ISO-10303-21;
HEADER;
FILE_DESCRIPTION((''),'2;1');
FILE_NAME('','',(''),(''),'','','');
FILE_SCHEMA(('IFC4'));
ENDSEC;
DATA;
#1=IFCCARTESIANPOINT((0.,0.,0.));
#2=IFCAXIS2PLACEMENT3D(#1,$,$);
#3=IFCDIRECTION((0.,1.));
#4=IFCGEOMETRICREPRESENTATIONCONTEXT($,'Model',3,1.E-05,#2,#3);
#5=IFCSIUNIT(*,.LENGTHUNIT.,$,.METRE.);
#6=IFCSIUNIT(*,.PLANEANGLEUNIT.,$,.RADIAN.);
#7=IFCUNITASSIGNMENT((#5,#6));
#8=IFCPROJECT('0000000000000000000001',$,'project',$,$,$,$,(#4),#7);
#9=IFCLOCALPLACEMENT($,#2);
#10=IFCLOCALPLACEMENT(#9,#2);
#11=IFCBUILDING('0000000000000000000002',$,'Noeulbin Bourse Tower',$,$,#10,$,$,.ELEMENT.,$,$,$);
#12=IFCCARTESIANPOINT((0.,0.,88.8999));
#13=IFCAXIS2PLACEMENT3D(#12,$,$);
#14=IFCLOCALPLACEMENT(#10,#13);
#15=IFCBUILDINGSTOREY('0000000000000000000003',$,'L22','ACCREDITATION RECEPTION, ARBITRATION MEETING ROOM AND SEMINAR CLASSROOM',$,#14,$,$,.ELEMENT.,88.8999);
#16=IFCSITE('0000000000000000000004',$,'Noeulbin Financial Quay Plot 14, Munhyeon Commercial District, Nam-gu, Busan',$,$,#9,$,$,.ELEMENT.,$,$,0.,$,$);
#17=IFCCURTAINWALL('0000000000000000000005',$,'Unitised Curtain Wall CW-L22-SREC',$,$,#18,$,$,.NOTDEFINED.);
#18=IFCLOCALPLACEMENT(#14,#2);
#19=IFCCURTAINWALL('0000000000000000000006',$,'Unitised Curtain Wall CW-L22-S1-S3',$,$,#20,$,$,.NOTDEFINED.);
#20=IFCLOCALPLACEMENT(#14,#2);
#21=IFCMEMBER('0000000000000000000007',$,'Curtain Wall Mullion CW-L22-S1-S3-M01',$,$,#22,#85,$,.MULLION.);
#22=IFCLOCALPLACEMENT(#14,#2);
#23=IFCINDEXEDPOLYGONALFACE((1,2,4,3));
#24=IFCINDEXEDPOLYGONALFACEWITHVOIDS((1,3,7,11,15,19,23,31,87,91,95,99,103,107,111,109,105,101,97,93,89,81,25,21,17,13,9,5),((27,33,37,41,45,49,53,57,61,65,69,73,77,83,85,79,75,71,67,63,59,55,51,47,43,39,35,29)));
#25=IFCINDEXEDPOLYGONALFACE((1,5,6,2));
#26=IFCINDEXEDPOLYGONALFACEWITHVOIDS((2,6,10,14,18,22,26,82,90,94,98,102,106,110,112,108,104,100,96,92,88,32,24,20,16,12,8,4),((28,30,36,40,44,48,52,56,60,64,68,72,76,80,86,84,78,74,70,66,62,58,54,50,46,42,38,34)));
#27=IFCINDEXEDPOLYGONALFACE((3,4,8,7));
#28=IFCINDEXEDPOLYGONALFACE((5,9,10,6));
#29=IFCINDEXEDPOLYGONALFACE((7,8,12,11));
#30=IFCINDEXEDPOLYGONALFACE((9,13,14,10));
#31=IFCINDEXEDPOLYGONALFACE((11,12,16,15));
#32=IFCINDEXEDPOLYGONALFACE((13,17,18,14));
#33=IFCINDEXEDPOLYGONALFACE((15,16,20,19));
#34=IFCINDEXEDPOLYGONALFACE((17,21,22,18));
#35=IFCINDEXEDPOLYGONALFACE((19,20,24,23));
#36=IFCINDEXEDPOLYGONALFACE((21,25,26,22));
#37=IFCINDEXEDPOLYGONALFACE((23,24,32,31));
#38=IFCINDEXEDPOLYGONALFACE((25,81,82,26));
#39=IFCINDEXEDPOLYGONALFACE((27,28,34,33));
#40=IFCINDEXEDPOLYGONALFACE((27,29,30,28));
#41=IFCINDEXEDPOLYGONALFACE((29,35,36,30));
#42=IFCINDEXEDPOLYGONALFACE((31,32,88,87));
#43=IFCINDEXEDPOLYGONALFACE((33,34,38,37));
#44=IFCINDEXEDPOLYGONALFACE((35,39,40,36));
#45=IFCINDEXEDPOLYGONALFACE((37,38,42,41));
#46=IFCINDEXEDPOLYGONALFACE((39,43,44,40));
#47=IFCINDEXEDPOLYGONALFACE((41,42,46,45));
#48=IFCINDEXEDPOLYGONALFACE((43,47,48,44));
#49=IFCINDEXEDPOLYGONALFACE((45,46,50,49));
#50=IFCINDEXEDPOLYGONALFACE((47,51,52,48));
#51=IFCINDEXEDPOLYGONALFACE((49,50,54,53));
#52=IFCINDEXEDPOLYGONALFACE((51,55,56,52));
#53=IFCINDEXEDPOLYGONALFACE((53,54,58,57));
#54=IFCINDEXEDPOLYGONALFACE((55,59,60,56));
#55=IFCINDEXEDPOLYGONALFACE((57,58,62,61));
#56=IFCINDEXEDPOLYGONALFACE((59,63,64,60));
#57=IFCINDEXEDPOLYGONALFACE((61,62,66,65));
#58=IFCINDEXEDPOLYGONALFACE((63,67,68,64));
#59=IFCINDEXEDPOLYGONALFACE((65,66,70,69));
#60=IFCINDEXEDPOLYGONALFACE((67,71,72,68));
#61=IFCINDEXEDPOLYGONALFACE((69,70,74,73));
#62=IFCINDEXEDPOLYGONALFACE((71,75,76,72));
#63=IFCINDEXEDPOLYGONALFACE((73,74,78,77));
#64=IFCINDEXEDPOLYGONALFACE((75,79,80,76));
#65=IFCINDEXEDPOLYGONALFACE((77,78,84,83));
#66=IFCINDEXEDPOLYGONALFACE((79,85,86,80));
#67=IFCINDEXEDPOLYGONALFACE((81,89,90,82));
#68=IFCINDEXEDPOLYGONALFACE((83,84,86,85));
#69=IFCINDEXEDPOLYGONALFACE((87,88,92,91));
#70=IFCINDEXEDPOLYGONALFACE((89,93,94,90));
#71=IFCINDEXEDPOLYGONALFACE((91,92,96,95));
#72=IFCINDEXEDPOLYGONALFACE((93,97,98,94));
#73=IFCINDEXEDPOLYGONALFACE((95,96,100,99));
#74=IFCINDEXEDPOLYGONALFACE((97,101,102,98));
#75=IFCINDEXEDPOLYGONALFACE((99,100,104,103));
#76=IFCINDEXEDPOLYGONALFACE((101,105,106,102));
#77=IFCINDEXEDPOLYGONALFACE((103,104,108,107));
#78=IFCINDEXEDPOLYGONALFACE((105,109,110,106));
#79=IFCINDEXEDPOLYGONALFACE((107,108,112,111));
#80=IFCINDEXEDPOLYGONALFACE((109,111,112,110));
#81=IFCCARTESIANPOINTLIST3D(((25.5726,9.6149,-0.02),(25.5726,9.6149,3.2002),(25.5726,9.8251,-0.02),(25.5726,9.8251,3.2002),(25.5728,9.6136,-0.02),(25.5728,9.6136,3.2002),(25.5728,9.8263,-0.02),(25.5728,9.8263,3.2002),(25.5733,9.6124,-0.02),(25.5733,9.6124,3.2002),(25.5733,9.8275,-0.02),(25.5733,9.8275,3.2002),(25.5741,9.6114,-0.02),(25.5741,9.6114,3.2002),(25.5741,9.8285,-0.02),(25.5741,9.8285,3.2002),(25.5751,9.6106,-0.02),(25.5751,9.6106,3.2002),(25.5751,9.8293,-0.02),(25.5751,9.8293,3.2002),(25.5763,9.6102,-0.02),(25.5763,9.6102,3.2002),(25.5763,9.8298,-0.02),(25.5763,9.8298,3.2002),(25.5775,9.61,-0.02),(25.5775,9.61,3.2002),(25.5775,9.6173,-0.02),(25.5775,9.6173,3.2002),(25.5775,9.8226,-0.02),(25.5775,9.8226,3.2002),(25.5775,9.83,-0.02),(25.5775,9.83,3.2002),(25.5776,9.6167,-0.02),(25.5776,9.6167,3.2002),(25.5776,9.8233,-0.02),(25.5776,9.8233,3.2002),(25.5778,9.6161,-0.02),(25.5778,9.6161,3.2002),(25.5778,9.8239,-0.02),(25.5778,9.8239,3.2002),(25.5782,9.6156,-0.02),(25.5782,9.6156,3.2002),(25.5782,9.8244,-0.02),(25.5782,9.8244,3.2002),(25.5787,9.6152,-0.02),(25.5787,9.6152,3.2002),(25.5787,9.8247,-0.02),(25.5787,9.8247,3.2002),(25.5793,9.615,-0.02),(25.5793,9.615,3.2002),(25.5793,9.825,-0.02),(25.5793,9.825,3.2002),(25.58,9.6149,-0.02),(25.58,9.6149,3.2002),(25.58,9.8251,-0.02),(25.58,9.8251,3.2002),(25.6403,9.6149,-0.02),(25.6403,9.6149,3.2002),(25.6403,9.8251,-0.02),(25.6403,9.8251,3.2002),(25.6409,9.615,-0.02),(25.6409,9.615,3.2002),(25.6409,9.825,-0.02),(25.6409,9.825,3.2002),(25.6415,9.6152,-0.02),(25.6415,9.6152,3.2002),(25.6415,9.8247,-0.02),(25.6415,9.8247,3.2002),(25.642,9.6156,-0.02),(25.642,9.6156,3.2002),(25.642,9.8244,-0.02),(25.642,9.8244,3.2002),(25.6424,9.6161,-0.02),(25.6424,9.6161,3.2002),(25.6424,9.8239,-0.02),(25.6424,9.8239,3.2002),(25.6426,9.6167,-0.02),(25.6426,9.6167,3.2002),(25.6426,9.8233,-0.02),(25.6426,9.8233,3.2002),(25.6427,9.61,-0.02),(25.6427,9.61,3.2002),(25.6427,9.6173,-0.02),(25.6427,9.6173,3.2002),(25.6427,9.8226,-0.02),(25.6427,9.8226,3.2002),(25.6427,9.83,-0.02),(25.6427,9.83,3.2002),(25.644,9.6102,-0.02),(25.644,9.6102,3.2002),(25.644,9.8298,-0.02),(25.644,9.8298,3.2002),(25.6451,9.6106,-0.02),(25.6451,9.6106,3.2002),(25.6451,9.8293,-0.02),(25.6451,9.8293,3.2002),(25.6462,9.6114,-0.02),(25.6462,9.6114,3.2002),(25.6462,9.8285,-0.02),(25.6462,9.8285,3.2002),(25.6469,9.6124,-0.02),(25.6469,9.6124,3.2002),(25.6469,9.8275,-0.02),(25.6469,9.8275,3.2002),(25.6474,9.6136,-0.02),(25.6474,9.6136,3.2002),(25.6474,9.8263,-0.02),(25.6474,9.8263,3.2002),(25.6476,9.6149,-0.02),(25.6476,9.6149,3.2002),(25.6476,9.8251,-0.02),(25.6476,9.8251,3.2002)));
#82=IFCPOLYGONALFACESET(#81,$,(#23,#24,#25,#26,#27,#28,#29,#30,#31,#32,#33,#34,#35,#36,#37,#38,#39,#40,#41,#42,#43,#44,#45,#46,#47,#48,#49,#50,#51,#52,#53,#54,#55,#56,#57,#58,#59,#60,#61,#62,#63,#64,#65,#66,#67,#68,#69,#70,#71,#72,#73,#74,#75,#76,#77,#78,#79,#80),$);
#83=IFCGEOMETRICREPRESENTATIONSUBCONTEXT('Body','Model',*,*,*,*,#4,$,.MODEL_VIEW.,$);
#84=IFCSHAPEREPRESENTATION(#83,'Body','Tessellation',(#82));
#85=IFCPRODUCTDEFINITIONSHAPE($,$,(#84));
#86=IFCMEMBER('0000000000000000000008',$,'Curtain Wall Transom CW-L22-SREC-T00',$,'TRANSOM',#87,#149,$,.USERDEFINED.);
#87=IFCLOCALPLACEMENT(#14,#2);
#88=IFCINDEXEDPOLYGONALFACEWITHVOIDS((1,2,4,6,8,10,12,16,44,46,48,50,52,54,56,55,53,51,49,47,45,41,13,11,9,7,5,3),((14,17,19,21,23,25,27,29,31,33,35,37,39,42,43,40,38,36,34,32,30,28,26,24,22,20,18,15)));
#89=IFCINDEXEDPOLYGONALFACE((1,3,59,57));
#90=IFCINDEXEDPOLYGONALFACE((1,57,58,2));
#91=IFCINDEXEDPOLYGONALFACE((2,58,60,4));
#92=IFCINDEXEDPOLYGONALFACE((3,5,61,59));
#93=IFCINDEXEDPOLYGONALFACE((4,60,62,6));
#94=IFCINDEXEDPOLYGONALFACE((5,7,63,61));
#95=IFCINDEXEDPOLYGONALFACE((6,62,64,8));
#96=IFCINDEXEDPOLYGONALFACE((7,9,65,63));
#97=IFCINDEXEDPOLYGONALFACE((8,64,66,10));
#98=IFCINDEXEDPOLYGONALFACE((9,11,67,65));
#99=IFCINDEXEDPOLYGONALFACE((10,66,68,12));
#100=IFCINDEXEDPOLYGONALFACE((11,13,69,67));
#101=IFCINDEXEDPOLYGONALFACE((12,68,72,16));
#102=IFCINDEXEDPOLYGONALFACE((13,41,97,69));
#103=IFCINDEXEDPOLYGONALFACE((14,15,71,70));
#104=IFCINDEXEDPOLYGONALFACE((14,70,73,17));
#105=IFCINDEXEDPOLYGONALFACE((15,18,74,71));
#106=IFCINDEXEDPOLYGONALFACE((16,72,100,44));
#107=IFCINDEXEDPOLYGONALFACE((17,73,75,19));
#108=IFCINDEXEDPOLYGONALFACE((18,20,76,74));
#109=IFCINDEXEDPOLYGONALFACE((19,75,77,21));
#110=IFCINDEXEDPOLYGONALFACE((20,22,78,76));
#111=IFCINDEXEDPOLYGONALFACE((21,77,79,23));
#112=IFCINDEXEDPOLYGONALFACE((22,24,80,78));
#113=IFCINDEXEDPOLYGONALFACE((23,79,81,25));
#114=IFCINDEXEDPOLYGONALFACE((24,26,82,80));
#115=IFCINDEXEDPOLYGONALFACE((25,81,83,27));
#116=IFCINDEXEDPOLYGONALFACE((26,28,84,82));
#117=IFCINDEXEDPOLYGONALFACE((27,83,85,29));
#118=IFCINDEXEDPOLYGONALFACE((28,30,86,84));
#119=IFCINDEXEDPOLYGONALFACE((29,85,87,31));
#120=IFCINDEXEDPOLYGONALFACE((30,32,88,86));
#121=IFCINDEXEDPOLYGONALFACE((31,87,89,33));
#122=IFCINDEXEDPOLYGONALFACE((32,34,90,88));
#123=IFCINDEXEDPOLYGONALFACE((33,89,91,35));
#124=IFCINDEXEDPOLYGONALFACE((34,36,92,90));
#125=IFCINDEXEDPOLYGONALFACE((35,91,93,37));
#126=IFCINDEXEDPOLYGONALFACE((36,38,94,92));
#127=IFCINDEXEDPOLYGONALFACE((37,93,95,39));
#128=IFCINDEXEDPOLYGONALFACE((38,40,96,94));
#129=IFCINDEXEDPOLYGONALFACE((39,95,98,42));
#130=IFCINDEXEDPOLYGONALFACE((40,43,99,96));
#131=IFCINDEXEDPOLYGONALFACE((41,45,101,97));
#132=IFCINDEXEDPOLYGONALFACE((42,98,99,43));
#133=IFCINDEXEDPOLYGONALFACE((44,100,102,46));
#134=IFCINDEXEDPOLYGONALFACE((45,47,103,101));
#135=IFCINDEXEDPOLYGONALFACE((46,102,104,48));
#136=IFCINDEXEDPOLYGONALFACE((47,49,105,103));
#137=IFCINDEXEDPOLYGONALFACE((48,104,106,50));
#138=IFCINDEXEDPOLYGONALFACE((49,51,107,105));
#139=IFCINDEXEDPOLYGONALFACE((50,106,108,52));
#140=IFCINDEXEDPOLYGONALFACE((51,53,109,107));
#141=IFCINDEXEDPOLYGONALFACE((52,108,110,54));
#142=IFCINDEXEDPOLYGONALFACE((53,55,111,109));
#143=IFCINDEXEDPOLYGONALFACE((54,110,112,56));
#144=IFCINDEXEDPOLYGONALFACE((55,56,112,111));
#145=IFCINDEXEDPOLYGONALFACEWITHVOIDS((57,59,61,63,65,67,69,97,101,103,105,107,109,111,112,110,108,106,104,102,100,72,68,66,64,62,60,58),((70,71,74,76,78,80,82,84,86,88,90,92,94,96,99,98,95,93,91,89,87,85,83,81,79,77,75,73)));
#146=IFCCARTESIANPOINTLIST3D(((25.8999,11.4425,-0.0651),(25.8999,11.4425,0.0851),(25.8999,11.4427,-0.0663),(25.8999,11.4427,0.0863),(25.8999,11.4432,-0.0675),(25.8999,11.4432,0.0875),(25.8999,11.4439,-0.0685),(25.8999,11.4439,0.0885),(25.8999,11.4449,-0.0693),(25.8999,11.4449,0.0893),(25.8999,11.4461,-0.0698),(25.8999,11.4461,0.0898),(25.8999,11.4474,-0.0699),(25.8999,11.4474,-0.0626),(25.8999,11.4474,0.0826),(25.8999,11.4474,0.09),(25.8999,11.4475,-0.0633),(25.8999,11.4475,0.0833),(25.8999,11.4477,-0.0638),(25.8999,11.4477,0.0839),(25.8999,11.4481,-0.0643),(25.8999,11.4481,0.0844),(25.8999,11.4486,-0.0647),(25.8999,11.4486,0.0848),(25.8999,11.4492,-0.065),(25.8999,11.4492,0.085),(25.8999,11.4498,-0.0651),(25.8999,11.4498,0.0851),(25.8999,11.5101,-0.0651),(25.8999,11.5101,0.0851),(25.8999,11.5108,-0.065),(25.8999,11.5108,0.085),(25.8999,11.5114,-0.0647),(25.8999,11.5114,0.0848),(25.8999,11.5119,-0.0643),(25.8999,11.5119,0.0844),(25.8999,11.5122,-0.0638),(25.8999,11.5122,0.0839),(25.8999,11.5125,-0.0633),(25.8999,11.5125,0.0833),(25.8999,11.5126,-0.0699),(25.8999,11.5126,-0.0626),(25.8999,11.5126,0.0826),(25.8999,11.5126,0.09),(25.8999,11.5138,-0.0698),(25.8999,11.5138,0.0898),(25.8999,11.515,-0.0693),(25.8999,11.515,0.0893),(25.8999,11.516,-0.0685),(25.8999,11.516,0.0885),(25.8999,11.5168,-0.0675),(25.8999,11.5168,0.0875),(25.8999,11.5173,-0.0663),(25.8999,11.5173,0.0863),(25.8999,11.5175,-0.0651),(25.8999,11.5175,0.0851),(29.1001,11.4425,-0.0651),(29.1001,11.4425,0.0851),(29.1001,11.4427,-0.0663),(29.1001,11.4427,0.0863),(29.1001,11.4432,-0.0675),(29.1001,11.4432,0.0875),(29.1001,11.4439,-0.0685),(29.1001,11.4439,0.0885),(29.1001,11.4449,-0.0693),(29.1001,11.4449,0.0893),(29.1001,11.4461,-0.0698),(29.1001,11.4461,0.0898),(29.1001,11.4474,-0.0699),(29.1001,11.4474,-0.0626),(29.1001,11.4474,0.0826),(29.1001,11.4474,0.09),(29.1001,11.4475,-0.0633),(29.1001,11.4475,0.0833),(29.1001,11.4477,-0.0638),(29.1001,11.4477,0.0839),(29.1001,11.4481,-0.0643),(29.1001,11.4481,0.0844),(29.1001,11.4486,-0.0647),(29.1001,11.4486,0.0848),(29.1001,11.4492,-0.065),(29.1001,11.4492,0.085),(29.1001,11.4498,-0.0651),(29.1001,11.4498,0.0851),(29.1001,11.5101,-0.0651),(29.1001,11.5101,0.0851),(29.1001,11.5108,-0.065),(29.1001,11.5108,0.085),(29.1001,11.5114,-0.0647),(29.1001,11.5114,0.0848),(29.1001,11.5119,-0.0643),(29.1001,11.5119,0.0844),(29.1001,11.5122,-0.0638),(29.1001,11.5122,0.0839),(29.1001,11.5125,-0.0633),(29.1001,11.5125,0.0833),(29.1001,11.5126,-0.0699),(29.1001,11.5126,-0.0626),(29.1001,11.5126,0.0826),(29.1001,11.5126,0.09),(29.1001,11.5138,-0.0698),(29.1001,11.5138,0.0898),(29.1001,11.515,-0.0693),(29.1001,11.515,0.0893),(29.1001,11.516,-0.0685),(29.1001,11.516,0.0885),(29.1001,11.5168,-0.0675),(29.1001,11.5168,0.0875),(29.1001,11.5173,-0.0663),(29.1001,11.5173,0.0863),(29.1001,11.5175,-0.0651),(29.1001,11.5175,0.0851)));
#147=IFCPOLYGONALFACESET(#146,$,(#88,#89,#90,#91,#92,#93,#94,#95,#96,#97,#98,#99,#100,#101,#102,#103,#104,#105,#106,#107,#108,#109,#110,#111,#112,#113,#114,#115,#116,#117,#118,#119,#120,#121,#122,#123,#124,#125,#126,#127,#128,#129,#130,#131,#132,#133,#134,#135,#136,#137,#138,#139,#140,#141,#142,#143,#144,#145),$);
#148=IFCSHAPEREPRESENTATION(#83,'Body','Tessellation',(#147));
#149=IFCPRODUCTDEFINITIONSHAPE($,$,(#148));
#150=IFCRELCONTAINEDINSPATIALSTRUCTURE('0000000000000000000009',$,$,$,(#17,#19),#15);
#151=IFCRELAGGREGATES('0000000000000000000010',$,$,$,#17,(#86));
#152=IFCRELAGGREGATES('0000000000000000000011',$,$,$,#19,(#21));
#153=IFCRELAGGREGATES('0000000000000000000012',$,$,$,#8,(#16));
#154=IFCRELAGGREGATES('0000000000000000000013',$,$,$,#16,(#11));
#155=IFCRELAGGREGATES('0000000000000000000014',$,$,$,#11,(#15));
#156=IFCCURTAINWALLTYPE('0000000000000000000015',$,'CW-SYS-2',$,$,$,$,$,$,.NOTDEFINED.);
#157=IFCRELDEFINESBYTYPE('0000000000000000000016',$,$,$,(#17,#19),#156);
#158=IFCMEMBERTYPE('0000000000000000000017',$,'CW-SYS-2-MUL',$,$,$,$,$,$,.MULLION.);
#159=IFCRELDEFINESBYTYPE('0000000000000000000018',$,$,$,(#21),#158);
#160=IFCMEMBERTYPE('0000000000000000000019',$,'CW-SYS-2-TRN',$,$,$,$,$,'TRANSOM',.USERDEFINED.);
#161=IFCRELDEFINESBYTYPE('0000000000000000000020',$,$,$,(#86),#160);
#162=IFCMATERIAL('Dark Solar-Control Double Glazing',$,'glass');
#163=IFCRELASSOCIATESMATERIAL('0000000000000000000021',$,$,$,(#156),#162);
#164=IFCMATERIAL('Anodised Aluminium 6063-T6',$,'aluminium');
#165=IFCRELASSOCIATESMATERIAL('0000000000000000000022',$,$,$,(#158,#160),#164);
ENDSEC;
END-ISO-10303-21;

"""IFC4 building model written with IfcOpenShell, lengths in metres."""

from ifc_helpers import new_model, si_unit, direction, frame, origin, origin_2d, place, context, subcontext, project, spatial, hollow_rectangle, extrude, material, material_profile, profile_set, type_object, element, aggregate, save


model = new_model("IFC4")

# Units and contexts
model_context = context("Model", 3, precision=1e-05, world=origin(), true_north=direction((0.0, 1.0)))
body_context = subcontext(model_context, "Body", "Model", "MODEL_VIEW")
ifc_project = project(units=[si_unit("LENGTHUNIT", "METRE"), si_unit("PLANEANGLEUNIT", "RADIAN")], contexts=[model_context])

# Site, building, storey
site_placement = place(None, origin())
site = spatial("IfcSite", under=ifc_project, at=site_placement, Name="Noeulbin Financial Quay Plot 14, Munhyeon Commercial District, Nam-gu, Busan", CompositionType="ELEMENT", RefElevation=0.0)
building_placement = place(site_placement, origin())
building = spatial("IfcBuilding", under=site, at=building_placement, Name="Noeulbin Bourse Tower", CompositionType="ELEMENT")
storey_placement = place(building_placement, frame((0.0, 0.0, 88.8999)))
storey = spatial("IfcBuildingStorey", under=building, at=storey_placement, Name="L22", Description="ACCREDITATION RECEPTION, ARBITRATION MEETING ROOM AND SEMINAR CLASSROOM", CompositionType="ELEMENT", Elevation=88.8999)

# Curtain wall
ifc_material_1 = material(Name="Dark Solar-Control Double Glazing", Category="glass")
curtain_wall_type = type_object("IfcCurtainWallType", Name="CW-SYS-2", PredefinedType="NOTDEFINED", material=ifc_material_1)
curtain_wall_1_placement = place(storey_placement, origin())
curtain_wall_1 = element("IfcCurtainWall", 1, at=curtain_wall_1_placement, inside=storey, type_object=curtain_wall_type, Name="Unitised Curtain Wall CW-L22-SREC", PredefinedType="NOTDEFINED")
ifc_material_2 = material(Name="Anodised Aluminium 6063-T6", Category="aluminium")
ifc_material_profile_1 = material_profile(ifc_material_2, hollow_rectangle(XDim=0.075, YDim=0.22, WallThickness=0.0049, InnerFilletRadius=0.0024, OuterFilletRadius=0.0049, at=origin_2d()), Name="ALU-MULL-75x220x5", Category="LoadBearing")
ifc_profile_set_1 = profile_set([ifc_material_profile_1], Name="Anodised Aluminium 6063-T6")
member_type_1 = type_object("IfcMemberType", Name="CW-SYS-2-MUL", PredefinedType="MULLION", material=ifc_profile_set_1)

# Curtain wall, member
curtain_wall_2_placement = place(storey_placement, origin())
curtain_wall_2 = element("IfcCurtainWall", 2, at=curtain_wall_2_placement, inside=storey, type_object=curtain_wall_type, Name="Unitised Curtain Wall CW-L22-S1-S3", PredefinedType="NOTDEFINED")
member_1_placement = place(storey_placement, frame((25.6101, 9.72, -0.02), z_axis=(0.0, 0.0, 1.0), x_axis=(1.0, 0.0, 0.0)))
member_1 = element("IfcMember", 3, at=member_1_placement, type_object=member_type_1, Name="Curtain Wall Mullion CW-L22-S1-S3-M01", PredefinedType="MULLION", context=body_context, shape_type="SweptSolid", body=[
    extrude(hollow_rectangle(XDim=0.075, YDim=0.22, WallThickness=0.0049, InnerFilletRadius=0.0024, OuterFilletRadius=0.0049, at=origin_2d()), origin(), (0.0, 0.0, 1.0), 3.2202),
])

# Member
ifc_material_profile_2 = material_profile(ifc_material_2, hollow_rectangle(XDim=0.075, YDim=0.1599, WallThickness=0.0049, InnerFilletRadius=0.0024, OuterFilletRadius=0.0049, at=origin_2d()), Name="ALU-TRAN-75x160x5", Category="LoadBearing")
ifc_profile_set_2 = profile_set([ifc_material_profile_2], Name="Anodised Aluminium 6063-T6")
member_type_2 = type_object("IfcMemberType", Name="CW-SYS-2-TRN", ElementType="TRANSOM", PredefinedType="USERDEFINED", material=ifc_profile_set_2)
member_2_placement = place(storey_placement, frame((25.8999, 11.48, 0.01), z_axis=(1.0, 0.0, 0.0), x_axis=(0.0, 1.0, 0.0)))
member_2 = element("IfcMember", 4, at=member_2_placement, type_object=member_type_2, Name="Curtain Wall Transom CW-L22-SREC-T00", ObjectType="TRANSOM", PredefinedType="USERDEFINED", context=body_context, shape_type="SweptSolid", body=[
    extrude(hollow_rectangle(XDim=0.075, YDim=0.1599, WallThickness=0.0049, InnerFilletRadius=0.0024, OuterFilletRadius=0.0049, at=origin_2d()), origin(), (0.0, 0.0, 1.0), 3.2002),
])
aggregate(curtain_wall_1, [member_2])

aggregate(curtain_wall_2, [member_1])

save(model, "model.ifc")
